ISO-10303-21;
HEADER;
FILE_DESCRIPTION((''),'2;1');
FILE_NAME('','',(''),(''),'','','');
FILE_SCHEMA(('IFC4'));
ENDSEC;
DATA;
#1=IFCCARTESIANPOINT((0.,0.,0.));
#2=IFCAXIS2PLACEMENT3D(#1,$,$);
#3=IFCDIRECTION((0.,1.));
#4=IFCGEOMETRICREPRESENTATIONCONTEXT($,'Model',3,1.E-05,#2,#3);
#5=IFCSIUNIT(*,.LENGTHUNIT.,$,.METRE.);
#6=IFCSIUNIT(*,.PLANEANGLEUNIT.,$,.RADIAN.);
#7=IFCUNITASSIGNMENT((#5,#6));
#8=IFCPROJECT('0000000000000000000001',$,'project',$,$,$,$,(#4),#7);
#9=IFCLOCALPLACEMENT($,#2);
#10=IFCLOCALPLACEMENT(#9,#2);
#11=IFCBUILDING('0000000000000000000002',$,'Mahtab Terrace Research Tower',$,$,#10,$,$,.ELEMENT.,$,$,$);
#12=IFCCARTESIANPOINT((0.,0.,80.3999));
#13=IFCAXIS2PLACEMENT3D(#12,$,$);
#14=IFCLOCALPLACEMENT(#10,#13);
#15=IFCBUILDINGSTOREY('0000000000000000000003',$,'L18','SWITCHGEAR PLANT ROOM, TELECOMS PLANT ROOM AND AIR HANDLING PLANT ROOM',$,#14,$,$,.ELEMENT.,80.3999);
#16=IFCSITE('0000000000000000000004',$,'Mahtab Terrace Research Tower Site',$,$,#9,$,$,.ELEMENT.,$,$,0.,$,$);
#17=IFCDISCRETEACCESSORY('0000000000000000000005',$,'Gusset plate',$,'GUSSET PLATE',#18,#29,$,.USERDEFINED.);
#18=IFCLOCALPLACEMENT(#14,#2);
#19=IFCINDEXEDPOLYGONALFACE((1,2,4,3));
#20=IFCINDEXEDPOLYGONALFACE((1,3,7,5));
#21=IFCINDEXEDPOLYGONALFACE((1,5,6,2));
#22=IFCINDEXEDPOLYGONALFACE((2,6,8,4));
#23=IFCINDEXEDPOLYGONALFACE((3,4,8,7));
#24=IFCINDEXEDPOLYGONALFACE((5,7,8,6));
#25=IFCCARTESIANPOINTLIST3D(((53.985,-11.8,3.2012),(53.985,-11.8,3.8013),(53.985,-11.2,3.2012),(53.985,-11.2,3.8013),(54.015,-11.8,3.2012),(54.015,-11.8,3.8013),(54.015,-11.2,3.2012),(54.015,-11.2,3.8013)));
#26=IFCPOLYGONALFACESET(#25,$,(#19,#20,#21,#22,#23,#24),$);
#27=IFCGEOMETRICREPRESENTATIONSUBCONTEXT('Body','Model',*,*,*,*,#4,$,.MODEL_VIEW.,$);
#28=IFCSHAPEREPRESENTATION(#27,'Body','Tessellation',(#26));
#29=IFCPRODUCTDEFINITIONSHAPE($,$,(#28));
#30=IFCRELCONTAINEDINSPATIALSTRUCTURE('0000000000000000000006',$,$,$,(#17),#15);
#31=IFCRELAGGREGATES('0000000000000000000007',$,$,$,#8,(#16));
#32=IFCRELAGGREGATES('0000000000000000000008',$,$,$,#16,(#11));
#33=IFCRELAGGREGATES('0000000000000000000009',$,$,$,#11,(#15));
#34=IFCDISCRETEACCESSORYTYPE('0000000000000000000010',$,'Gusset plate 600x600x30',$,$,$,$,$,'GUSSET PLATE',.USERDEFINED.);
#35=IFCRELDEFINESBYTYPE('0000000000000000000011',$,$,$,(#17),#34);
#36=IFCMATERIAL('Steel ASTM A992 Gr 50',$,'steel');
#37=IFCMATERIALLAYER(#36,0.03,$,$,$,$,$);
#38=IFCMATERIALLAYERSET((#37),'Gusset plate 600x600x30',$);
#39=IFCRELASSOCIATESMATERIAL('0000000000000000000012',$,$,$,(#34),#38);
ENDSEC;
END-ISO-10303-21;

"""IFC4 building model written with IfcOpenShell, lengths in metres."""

from ifc_helpers import new_model, si_unit, direction, frame, origin, origin_2d, place, context, subcontext, project, spatial, rectangle, extrude, material, layer, layer_set, type_object, element, save


model = new_model("IFC4")

# Units and contexts
model_context = context("Model", 3, precision=1e-05, world=origin(), true_north=direction((0.0, 1.0)))
body_context = subcontext(model_context, "Body", "Model", "MODEL_VIEW")
ifc_project = project(units=[si_unit("LENGTHUNIT", "METRE"), si_unit("PLANEANGLEUNIT", "RADIAN")], contexts=[model_context])

# Site, building, storey
site_placement = place(None, origin())
site = spatial("IfcSite", under=ifc_project, at=site_placement, Name="Mahtab Terrace Research Tower Site", CompositionType="ELEMENT", RefElevation=0.0)
building_placement = place(site_placement, origin())
building = spatial("IfcBuilding", under=site, at=building_placement, Name="Mahtab Terrace Research Tower", CompositionType="ELEMENT")
storey_placement = place(building_placement, frame((0.0, 0.0, 80.3999)))
storey = spatial("IfcBuildingStorey", under=building, at=storey_placement, Name="L18", Description="SWITCHGEAR PLANT ROOM, TELECOMS PLANT ROOM AND AIR HANDLING PLANT ROOM", CompositionType="ELEMENT", Elevation=80.3999)

# Shared definitions
ifc_material_1 = material(Name="Steel ASTM A992 Gr 50", Category="steel")

# Discrete accessory
ifc_layer_1 = layer(ifc_material_1, 0.03)
ifc_layer_set_1 = layer_set([ifc_layer_1], Name="Gusset plate 600x600x30")
discrete_accessory_type_1 = type_object("IfcDiscreteAccessoryType", Name="Gusset plate 600x600x30", ElementType="GUSSET PLATE", PredefinedType="USERDEFINED", material=ifc_layer_set_1)
for number, where, z_axis, x_axis, name in (
    (1, (54.0, -11.5, 3.2012), (0.0, 0.0, 1.0), (0.0, 1.0, 0.0), "Gusset plate"),
):
    element("IfcDiscreteAccessory", number, at=place(storey_placement, frame(where, z_axis=z_axis, x_axis=x_axis)), inside=storey, type_object=discrete_accessory_type_1, Name=name, ObjectType="GUSSET PLATE", PredefinedType="USERDEFINED", context=body_context, shape_type="SweptSolid", body=[
        extrude(rectangle(XDim=0.6001, YDim=0.03, at=origin_2d()), origin(), (0.0, 0.0, 1.0), 0.6001),
    ])

save(model, "model.ifc")
